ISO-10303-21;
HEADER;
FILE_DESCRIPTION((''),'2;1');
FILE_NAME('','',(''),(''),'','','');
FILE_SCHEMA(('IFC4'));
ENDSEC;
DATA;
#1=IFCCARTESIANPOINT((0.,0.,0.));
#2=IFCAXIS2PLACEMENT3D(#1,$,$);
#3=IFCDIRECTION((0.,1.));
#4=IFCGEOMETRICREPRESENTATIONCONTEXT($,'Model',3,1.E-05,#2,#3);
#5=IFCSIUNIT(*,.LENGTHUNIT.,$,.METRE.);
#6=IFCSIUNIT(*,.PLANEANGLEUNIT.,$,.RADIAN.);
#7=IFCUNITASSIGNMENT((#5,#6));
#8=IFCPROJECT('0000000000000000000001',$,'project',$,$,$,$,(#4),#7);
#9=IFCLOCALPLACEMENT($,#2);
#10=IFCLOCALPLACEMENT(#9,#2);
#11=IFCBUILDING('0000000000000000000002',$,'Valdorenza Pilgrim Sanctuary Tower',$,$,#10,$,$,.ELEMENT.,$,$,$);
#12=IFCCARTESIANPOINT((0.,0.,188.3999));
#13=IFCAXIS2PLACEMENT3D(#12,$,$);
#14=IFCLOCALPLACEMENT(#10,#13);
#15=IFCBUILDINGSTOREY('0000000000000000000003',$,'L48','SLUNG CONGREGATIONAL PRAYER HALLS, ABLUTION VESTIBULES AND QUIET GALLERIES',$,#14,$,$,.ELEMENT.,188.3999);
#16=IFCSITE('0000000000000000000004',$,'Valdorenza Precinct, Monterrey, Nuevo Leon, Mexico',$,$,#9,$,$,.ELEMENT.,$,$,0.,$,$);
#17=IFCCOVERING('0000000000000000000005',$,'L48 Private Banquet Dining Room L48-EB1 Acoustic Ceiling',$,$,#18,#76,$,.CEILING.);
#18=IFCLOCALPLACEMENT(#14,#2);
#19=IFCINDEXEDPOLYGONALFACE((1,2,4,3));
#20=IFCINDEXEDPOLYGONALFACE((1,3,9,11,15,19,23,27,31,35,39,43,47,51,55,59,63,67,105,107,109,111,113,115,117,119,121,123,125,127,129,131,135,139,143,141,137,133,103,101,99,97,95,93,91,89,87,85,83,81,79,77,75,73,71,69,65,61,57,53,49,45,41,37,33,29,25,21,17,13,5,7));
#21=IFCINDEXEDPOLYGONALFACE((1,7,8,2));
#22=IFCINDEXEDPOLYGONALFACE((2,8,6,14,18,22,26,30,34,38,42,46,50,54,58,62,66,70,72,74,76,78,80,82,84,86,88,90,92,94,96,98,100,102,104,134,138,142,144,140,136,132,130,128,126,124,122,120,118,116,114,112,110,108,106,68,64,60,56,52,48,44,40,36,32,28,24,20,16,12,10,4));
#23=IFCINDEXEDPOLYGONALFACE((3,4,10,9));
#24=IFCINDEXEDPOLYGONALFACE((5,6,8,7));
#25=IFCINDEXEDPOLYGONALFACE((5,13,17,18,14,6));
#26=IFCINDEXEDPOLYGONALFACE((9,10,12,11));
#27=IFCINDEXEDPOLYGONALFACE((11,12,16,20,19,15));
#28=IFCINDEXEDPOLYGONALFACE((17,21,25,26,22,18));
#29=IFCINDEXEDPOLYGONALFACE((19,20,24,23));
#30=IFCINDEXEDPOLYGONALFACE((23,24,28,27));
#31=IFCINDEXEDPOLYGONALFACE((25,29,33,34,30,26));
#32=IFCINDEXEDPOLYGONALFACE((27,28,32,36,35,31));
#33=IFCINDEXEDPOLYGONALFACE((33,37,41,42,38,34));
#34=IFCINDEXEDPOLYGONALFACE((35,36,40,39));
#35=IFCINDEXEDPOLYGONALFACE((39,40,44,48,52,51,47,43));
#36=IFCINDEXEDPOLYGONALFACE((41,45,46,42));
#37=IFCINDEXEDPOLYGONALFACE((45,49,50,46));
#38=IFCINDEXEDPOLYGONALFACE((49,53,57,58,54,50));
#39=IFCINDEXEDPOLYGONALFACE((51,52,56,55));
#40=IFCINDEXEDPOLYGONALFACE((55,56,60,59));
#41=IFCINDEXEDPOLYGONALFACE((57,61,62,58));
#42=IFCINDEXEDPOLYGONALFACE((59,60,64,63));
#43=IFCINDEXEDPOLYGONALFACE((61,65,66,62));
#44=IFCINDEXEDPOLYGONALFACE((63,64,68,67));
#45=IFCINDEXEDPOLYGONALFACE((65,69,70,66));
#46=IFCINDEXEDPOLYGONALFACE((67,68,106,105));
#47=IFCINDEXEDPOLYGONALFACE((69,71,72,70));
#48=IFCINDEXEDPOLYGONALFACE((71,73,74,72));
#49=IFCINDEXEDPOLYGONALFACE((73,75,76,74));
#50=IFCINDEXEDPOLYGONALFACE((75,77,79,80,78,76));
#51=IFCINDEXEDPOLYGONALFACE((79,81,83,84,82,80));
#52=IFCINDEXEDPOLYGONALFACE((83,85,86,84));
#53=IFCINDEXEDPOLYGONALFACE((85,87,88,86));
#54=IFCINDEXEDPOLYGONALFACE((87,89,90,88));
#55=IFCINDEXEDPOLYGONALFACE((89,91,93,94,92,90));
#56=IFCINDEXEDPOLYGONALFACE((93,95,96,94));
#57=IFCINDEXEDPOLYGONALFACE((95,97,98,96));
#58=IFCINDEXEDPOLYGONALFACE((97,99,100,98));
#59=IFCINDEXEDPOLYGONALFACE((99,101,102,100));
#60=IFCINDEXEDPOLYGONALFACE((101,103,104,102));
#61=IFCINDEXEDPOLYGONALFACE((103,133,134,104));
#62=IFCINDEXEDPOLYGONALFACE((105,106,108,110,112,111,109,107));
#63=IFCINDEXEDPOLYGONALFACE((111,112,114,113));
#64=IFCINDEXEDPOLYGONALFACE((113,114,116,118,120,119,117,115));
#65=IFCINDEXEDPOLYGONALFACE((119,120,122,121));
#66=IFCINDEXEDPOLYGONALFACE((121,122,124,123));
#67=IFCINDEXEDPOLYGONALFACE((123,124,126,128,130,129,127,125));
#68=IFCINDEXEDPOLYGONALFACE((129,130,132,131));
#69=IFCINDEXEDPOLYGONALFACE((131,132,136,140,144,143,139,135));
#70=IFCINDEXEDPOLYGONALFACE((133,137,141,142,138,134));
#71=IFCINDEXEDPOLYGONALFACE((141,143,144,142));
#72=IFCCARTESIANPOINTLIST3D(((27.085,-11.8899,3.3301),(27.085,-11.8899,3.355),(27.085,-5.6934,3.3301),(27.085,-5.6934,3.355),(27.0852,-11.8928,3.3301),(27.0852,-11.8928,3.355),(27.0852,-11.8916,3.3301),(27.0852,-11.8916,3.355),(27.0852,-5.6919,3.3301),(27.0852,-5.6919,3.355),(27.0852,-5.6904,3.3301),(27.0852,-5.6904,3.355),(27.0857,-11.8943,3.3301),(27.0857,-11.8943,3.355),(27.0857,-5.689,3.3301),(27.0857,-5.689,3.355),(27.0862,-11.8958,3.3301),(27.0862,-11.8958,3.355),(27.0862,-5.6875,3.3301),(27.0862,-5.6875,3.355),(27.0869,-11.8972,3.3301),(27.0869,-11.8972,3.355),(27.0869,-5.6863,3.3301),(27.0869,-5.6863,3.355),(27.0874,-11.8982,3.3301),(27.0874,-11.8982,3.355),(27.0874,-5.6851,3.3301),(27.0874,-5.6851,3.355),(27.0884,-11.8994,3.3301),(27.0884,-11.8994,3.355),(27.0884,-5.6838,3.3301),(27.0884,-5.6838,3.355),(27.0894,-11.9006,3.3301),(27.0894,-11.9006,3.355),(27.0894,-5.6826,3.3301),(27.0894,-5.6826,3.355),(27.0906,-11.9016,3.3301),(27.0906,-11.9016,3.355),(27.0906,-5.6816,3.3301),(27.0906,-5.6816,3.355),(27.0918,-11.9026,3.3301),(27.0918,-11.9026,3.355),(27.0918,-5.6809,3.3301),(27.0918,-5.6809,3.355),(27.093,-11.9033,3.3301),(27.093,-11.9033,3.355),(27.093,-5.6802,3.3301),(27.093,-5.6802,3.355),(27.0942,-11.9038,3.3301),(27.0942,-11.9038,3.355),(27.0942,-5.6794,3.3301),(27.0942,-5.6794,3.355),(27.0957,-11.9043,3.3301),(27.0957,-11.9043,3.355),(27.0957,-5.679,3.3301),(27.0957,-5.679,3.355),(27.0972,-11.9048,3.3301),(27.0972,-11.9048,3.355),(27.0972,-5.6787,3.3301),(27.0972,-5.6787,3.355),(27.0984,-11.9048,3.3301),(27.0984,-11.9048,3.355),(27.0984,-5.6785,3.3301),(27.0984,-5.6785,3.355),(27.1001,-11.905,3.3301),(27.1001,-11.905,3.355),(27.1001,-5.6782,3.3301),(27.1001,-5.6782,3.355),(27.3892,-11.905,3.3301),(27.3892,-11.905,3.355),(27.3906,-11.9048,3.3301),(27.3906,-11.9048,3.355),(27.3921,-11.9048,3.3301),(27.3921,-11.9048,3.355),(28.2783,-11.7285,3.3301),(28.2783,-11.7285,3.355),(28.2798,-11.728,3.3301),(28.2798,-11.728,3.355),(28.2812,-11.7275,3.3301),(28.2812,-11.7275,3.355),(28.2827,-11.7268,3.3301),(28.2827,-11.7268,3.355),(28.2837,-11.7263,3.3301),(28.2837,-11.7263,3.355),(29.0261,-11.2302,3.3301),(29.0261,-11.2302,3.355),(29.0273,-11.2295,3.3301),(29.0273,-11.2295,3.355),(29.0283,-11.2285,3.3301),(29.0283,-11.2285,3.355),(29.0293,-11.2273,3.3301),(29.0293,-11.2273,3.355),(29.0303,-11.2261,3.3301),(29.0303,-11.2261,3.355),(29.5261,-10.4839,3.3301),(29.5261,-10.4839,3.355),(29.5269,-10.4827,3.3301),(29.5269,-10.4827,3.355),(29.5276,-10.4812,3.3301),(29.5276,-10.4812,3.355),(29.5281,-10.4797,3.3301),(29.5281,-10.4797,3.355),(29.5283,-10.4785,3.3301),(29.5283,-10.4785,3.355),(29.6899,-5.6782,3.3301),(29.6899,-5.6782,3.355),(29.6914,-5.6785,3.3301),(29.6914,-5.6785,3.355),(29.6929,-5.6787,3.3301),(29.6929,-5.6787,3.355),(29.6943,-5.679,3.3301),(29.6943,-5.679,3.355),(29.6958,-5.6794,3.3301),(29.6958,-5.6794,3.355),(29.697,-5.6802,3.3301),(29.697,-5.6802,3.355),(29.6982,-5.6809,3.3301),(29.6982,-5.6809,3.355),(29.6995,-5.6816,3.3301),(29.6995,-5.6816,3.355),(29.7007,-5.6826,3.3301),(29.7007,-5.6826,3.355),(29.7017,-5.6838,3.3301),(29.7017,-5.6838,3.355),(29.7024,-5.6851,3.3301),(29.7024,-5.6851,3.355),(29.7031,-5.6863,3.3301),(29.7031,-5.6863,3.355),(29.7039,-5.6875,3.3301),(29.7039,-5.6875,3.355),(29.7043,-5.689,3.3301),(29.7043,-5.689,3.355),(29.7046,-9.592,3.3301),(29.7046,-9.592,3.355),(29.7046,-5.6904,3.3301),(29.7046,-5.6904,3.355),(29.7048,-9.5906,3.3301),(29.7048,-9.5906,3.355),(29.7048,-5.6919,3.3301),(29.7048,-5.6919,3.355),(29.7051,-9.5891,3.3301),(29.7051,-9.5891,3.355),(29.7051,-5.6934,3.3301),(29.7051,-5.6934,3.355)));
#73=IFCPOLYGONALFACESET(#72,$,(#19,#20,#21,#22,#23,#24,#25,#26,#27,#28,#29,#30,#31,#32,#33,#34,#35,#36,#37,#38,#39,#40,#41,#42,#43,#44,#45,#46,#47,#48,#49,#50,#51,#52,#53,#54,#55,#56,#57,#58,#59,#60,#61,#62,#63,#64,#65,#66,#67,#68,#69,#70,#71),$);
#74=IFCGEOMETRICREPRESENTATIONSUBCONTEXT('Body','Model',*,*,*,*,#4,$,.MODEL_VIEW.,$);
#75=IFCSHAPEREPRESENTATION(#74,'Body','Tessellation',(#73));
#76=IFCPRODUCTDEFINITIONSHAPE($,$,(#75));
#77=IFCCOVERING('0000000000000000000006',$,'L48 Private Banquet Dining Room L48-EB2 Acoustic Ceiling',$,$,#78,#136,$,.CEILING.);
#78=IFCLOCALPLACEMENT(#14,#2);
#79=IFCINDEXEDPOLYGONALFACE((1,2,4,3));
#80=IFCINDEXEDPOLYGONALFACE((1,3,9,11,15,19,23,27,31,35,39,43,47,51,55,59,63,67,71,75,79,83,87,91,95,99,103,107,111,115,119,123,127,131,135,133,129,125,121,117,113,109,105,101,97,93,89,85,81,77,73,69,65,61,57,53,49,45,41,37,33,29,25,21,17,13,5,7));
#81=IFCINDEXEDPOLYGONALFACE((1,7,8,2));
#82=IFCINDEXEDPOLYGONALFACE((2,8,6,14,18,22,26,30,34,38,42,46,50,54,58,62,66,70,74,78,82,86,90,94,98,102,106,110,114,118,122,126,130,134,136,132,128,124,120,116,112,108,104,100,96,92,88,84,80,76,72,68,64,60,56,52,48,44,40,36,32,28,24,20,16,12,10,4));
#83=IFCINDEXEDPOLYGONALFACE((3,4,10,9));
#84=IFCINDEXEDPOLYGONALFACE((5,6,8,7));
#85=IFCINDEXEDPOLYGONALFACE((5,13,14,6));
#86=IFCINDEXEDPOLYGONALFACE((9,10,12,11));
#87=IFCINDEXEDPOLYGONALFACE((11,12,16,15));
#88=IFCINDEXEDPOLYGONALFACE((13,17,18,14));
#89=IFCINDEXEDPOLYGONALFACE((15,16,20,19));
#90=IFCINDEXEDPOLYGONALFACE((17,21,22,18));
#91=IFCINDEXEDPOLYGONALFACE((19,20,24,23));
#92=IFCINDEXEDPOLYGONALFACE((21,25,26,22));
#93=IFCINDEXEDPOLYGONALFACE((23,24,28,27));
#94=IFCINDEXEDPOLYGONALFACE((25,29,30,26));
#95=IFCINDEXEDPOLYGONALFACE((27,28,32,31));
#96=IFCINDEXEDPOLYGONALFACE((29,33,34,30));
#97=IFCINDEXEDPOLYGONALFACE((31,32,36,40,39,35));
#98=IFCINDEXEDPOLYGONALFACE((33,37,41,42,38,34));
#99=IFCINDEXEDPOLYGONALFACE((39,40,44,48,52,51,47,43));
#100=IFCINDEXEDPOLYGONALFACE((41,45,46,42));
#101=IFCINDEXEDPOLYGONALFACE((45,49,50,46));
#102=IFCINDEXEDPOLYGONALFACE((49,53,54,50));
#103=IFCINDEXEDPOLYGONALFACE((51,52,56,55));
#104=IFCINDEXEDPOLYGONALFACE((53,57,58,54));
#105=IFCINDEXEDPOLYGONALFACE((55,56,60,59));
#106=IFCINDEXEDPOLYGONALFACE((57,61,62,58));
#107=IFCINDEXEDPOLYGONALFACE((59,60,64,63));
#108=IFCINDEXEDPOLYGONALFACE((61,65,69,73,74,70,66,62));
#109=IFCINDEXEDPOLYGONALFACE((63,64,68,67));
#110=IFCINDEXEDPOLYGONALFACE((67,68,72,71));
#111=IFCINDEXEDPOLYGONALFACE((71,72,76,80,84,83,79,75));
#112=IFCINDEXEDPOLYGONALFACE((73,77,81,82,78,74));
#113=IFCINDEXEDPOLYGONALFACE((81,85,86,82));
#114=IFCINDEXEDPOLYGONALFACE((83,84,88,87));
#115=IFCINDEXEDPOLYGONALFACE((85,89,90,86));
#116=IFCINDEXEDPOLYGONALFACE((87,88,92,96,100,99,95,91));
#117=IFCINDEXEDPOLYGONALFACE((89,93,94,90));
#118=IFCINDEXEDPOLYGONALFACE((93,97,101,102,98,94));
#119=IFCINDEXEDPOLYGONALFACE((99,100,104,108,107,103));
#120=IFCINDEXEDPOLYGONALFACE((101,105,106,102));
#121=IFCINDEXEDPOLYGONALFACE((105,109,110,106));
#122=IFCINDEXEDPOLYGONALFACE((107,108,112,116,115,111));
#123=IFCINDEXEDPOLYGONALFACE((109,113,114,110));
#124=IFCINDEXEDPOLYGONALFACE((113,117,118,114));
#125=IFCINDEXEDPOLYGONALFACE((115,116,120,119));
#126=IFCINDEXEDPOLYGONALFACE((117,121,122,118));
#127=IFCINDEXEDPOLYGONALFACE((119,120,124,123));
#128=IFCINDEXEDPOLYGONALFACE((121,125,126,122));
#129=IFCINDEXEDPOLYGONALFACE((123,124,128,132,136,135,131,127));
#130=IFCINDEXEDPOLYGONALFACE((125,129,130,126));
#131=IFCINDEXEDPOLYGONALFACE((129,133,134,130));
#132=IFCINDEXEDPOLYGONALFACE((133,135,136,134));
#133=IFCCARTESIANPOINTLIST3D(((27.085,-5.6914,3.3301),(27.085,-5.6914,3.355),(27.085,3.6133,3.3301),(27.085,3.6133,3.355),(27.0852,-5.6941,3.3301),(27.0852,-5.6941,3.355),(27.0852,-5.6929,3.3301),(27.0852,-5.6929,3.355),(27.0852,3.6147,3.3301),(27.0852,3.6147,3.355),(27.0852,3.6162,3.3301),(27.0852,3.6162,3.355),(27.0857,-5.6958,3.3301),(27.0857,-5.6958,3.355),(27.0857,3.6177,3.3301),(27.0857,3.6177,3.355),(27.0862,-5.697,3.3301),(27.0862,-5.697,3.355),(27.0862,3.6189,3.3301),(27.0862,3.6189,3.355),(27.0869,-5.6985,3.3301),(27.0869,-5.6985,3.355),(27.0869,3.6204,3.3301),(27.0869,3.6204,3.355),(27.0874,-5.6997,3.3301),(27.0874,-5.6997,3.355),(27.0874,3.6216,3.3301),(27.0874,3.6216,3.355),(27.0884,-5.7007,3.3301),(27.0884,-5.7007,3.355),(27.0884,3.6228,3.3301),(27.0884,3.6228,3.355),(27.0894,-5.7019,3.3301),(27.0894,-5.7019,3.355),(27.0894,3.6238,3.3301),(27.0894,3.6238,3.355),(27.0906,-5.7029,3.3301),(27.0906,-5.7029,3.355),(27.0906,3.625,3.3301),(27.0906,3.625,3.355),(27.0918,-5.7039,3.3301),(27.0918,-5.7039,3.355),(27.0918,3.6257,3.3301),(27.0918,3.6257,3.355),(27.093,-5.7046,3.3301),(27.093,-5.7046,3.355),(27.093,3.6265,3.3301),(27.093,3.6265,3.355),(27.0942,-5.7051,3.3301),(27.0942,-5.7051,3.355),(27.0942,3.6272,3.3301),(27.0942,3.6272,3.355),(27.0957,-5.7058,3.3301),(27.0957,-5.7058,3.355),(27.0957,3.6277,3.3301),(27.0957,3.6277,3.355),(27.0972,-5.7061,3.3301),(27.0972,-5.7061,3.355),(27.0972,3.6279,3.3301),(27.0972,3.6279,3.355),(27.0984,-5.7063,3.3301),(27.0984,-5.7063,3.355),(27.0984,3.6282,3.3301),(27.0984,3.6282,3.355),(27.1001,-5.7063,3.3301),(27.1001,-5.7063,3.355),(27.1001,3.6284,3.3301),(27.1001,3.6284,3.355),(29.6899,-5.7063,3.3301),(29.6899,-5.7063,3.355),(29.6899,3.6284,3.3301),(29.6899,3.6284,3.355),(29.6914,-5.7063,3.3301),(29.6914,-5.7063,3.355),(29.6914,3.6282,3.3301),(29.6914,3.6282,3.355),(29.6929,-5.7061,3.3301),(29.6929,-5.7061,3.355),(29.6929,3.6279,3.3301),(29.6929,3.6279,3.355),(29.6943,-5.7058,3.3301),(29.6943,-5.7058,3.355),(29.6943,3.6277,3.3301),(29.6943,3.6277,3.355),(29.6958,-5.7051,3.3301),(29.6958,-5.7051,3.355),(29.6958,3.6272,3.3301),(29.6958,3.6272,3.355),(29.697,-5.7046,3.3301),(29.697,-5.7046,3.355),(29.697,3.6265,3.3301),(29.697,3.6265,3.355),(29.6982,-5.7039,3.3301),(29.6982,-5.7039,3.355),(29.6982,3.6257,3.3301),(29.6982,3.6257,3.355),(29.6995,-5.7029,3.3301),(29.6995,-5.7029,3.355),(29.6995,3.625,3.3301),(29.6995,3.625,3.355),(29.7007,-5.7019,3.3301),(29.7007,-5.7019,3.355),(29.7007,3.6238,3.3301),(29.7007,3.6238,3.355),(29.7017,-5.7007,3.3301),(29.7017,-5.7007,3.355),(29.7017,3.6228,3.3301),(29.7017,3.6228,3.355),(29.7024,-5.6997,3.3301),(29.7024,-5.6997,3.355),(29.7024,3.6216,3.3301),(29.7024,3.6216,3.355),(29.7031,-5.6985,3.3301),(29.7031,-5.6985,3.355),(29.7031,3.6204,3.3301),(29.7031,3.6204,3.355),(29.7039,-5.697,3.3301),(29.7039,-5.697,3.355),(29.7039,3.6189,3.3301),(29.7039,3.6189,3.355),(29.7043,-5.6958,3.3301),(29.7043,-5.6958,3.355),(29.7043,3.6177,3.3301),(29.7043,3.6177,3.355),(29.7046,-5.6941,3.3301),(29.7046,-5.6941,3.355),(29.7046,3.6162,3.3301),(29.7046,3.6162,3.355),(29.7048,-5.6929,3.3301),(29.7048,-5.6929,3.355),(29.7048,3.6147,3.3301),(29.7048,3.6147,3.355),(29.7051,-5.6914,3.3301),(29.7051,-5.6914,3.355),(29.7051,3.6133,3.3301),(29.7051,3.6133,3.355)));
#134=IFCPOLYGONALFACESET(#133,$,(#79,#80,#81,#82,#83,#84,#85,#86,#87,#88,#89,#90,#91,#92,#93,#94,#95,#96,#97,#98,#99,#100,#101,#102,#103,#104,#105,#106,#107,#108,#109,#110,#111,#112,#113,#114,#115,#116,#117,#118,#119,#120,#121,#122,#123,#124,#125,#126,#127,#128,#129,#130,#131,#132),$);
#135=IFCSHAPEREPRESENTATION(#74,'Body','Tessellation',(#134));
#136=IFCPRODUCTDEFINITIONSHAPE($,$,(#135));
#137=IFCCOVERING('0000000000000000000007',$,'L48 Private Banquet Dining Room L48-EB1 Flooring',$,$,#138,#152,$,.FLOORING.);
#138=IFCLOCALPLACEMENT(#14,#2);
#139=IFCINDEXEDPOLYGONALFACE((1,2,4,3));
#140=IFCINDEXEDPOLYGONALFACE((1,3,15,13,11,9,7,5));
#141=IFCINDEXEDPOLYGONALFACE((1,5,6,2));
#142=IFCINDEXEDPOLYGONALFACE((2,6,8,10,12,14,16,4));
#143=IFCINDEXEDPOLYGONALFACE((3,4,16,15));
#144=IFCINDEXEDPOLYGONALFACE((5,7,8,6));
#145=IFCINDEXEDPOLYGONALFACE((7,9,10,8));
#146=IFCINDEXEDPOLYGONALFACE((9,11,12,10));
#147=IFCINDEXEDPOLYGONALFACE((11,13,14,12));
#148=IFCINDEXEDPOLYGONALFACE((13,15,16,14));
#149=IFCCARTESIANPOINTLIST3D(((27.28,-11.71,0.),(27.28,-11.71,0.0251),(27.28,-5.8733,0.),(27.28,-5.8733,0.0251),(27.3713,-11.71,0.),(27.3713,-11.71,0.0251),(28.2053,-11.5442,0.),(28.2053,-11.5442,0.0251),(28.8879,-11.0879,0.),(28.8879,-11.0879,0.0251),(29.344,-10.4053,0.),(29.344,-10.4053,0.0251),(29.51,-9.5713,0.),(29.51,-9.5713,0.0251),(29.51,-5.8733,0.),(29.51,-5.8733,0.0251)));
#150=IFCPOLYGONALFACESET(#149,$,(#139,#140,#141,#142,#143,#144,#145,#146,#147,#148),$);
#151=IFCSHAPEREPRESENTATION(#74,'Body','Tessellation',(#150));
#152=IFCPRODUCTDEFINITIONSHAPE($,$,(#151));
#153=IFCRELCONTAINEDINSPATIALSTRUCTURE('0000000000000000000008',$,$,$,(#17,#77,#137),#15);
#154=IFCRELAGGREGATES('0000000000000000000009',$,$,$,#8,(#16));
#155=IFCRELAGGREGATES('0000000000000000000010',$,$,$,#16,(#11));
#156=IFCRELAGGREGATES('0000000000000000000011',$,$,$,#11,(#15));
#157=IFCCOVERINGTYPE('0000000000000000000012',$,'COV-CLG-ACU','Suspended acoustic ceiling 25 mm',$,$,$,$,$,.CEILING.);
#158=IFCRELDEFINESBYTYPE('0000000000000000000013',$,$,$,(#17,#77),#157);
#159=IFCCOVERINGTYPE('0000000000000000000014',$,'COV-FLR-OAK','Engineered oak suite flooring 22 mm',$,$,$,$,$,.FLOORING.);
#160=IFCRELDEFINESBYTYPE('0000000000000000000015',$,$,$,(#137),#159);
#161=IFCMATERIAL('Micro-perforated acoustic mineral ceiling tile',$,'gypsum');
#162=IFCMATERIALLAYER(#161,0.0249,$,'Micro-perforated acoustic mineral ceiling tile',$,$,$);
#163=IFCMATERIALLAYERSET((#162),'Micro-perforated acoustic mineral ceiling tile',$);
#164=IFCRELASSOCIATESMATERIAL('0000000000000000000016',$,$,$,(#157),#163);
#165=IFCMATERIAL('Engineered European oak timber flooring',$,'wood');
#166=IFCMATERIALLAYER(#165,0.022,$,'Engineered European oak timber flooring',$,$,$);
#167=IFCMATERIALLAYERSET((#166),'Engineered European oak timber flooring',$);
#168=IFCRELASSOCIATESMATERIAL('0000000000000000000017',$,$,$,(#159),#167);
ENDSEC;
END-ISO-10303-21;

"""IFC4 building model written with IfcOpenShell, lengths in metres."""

from ifc_helpers import new_model, si_unit, direction, frame, origin, place, context, subcontext, project, spatial, polyline, outline, extrude, material, layer, layer_set, type_object, element, save


model = new_model("IFC4")

# Units and contexts
model_context = context("Model", 3, precision=1e-05, world=origin(), true_north=direction((0.0, 1.0)))
body_context = subcontext(model_context, "Body", "Model", "MODEL_VIEW")
ifc_project = project(units=[si_unit("LENGTHUNIT", "METRE"), si_unit("PLANEANGLEUNIT", "RADIAN")], contexts=[model_context])

# Site, building, storey
site_placement = place(None, origin())
site = spatial("IfcSite", under=ifc_project, at=site_placement, Name="Valdorenza Precinct, Monterrey, Nuevo Leon, Mexico", CompositionType="ELEMENT", RefElevation=0.0)
building_placement = place(site_placement, origin())
building = spatial("IfcBuilding", under=site, at=building_placement, Name="Valdorenza Pilgrim Sanctuary Tower", CompositionType="ELEMENT")
storey_placement = place(building_placement, frame((0.0, 0.0, 188.3999)))
storey = spatial("IfcBuildingStorey", under=building, at=storey_placement, Name="L48", Description="SLUNG CONGREGATIONAL PRAYER HALLS, ABLUTION VESTIBULES AND QUIET GALLERIES", CompositionType="ELEMENT", Elevation=188.3999)

# Coverings
ifc_material_1 = material(Name="Micro-perforated acoustic mineral ceiling tile", Category="gypsum")
ifc_layer_1 = layer(ifc_material_1, 0.0249, Name="Micro-perforated acoustic mineral ceiling tile")
ifc_layer_set_1 = layer_set([ifc_layer_1], Name="Micro-perforated acoustic mineral ceiling tile")
covering_type_1 = type_object("IfcCoveringType", Name="COV-CLG-ACU", Description="Suspended acoustic ceiling 25 mm", PredefinedType="CEILING", material=ifc_layer_set_1)
covering_1_placement = place(storey_placement, frame((0.0, 0.0, 3.3301)))
element("IfcCovering", 1, at=covering_1_placement, inside=storey, type_object=covering_type_1, Name="L48 Private Banquet Dining Room L48-EB1 Acoustic Ceiling", PredefinedType="CEILING", context=body_context, shape_type="SweptSolid", body=[
    extrude(outline(polyline([(29.6899, -5.6782), (29.6914, -5.6785), (29.6929, -5.6787), (29.6943, -5.679), (29.6958, -5.6794), (29.697, -5.6802), (29.6982, -5.6809), (29.6995, -5.6816), (29.7007, -5.6826), (29.7017, -5.6838), (29.7024, -5.6851), (29.7031, -5.6863), (29.7039, -5.6875), (29.7043, -5.689), (29.7046, -5.6904), (29.7048, -5.6919), (29.7051, -5.6934), (29.7051, -9.5891), (29.7048, -9.5906), (29.7046, -9.592), (29.5283, -10.4785), (29.5281, -10.4797), (29.5276, -10.4812), (29.5269, -10.4827), (29.5261, -10.4839), (29.0303, -11.2261), (29.0293, -11.2273), (29.0283, -11.2285), (29.0273, -11.2295), (29.0261, -11.2302), (28.2837, -11.7263), (28.2827, -11.7268), (28.2812, -11.7275), (28.2798, -11.728), (28.2783, -11.7285), (27.3921, -11.9048), (27.3906, -11.9048), (27.3892, -11.905), (27.1001, -11.905), (27.0984, -11.9048), (27.0972, -11.9048), (27.0957, -11.9043), (27.0942, -11.9038), (27.093, -11.9033), (27.0918, -11.9026), (27.0906, -11.9016), (27.0894, -11.9006), (27.0884, -11.8994), (27.0874, -11.8982), (27.0869, -11.8972), (27.0862, -11.8958), (27.0857, -11.8943), (27.0852, -11.8928), (27.0852, -11.8916), (27.085, -11.8899), (27.085, -5.6934), (27.0852, -5.6919), (27.0852, -5.6904), (27.0857, -5.689), (27.0862, -5.6875), (27.0869, -5.6863), (27.0874, -5.6851), (27.0884, -5.6838), (27.0894, -5.6826), (27.0906, -5.6816), (27.0918, -5.6809), (27.093, -5.6802), (27.0942, -5.6794), (27.0957, -5.679), (27.0972, -5.6787), (27.0984, -5.6785), (27.1001, -5.6782), (29.6899, -5.6782)])), origin(), (0.0, 0.0, 1.0), 0.0249),
])
covering_2_placement = place(storey_placement, frame((0.0, 0.0, 3.3301)))
element("IfcCovering", 2, at=covering_2_placement, inside=storey, type_object=covering_type_1, Name="L48 Private Banquet Dining Room L48-EB2 Acoustic Ceiling", PredefinedType="CEILING", context=body_context, shape_type="SweptSolid", body=[
    extrude(outline(polyline([(27.085, 3.6133), (27.0852, 3.6147), (27.0852, 3.6162), (27.0857, 3.6177), (27.0862, 3.6189), (27.0869, 3.6204), (27.0874, 3.6216), (27.0884, 3.6228), (27.0894, 3.6238), (27.0906, 3.625), (27.0918, 3.6257), (27.093, 3.6265), (27.0942, 3.6272), (27.0957, 3.6277), (27.0972, 3.6279), (27.0984, 3.6282), (27.1001, 3.6284), (29.6899, 3.6284), (29.6914, 3.6282), (29.6929, 3.6279), (29.6943, 3.6277), (29.6958, 3.6272), (29.697, 3.6265), (29.6982, 3.6257), (29.6995, 3.625), (29.7007, 3.6238), (29.7017, 3.6228), (29.7024, 3.6216), (29.7031, 3.6204), (29.7039, 3.6189), (29.7043, 3.6177), (29.7046, 3.6162), (29.7048, 3.6147), (29.7051, 3.6133), (29.7051, -5.6914), (29.7048, -5.6929), (29.7046, -5.6941), (29.7043, -5.6958), (29.7039, -5.697), (29.7031, -5.6985), (29.7024, -5.6997), (29.7017, -5.7007), (29.7007, -5.7019), (29.6995, -5.7029), (29.6982, -5.7039), (29.697, -5.7046), (29.6958, -5.7051), (29.6943, -5.7058), (29.6929, -5.7061), (29.6914, -5.7063), (29.6899, -5.7063), (27.1001, -5.7063), (27.0984, -5.7063), (27.0972, -5.7061), (27.0957, -5.7058), (27.0942, -5.7051), (27.093, -5.7046), (27.0918, -5.7039), (27.0906, -5.7029), (27.0894, -5.7019), (27.0884, -5.7007), (27.0874, -5.6997), (27.0869, -5.6985), (27.0862, -5.697), (27.0857, -5.6958), (27.0852, -5.6941), (27.0852, -5.6929), (27.085, -5.6914), (27.085, 3.6133)])), origin(), (0.0, 0.0, 1.0), 0.0249),
])
ifc_material_2 = material(Name="Engineered European oak timber flooring", Category="wood")
ifc_layer_2 = layer(ifc_material_2, 0.022, Name="Engineered European oak timber flooring")
ifc_layer_set_2 = layer_set([ifc_layer_2], Name="Engineered European oak timber flooring")
covering_type_2 = type_object("IfcCoveringType", Name="COV-FLR-OAK", Description="Engineered oak suite flooring 22 mm", PredefinedType="FLOORING", material=ifc_layer_set_2)
covering_3_placement = place(storey_placement, origin())
element("IfcCovering", 3, at=covering_3_placement, inside=storey, type_object=covering_type_2, Name="L48 Private Banquet Dining Room L48-EB1 Flooring", PredefinedType="FLOORING", context=body_context, shape_type="SweptSolid", body=[
    extrude(outline(polyline([(29.51, -5.8733), (29.51, -9.5713), (29.344, -10.4053), (28.8879, -11.0879), (28.2053, -11.5442), (27.3713, -11.71), (27.28, -11.71), (27.28, -5.8733), (29.51, -5.8733)])), origin(), (0.0, 0.0, 1.0), 0.0251),
])

save(model, "model.ifc")
